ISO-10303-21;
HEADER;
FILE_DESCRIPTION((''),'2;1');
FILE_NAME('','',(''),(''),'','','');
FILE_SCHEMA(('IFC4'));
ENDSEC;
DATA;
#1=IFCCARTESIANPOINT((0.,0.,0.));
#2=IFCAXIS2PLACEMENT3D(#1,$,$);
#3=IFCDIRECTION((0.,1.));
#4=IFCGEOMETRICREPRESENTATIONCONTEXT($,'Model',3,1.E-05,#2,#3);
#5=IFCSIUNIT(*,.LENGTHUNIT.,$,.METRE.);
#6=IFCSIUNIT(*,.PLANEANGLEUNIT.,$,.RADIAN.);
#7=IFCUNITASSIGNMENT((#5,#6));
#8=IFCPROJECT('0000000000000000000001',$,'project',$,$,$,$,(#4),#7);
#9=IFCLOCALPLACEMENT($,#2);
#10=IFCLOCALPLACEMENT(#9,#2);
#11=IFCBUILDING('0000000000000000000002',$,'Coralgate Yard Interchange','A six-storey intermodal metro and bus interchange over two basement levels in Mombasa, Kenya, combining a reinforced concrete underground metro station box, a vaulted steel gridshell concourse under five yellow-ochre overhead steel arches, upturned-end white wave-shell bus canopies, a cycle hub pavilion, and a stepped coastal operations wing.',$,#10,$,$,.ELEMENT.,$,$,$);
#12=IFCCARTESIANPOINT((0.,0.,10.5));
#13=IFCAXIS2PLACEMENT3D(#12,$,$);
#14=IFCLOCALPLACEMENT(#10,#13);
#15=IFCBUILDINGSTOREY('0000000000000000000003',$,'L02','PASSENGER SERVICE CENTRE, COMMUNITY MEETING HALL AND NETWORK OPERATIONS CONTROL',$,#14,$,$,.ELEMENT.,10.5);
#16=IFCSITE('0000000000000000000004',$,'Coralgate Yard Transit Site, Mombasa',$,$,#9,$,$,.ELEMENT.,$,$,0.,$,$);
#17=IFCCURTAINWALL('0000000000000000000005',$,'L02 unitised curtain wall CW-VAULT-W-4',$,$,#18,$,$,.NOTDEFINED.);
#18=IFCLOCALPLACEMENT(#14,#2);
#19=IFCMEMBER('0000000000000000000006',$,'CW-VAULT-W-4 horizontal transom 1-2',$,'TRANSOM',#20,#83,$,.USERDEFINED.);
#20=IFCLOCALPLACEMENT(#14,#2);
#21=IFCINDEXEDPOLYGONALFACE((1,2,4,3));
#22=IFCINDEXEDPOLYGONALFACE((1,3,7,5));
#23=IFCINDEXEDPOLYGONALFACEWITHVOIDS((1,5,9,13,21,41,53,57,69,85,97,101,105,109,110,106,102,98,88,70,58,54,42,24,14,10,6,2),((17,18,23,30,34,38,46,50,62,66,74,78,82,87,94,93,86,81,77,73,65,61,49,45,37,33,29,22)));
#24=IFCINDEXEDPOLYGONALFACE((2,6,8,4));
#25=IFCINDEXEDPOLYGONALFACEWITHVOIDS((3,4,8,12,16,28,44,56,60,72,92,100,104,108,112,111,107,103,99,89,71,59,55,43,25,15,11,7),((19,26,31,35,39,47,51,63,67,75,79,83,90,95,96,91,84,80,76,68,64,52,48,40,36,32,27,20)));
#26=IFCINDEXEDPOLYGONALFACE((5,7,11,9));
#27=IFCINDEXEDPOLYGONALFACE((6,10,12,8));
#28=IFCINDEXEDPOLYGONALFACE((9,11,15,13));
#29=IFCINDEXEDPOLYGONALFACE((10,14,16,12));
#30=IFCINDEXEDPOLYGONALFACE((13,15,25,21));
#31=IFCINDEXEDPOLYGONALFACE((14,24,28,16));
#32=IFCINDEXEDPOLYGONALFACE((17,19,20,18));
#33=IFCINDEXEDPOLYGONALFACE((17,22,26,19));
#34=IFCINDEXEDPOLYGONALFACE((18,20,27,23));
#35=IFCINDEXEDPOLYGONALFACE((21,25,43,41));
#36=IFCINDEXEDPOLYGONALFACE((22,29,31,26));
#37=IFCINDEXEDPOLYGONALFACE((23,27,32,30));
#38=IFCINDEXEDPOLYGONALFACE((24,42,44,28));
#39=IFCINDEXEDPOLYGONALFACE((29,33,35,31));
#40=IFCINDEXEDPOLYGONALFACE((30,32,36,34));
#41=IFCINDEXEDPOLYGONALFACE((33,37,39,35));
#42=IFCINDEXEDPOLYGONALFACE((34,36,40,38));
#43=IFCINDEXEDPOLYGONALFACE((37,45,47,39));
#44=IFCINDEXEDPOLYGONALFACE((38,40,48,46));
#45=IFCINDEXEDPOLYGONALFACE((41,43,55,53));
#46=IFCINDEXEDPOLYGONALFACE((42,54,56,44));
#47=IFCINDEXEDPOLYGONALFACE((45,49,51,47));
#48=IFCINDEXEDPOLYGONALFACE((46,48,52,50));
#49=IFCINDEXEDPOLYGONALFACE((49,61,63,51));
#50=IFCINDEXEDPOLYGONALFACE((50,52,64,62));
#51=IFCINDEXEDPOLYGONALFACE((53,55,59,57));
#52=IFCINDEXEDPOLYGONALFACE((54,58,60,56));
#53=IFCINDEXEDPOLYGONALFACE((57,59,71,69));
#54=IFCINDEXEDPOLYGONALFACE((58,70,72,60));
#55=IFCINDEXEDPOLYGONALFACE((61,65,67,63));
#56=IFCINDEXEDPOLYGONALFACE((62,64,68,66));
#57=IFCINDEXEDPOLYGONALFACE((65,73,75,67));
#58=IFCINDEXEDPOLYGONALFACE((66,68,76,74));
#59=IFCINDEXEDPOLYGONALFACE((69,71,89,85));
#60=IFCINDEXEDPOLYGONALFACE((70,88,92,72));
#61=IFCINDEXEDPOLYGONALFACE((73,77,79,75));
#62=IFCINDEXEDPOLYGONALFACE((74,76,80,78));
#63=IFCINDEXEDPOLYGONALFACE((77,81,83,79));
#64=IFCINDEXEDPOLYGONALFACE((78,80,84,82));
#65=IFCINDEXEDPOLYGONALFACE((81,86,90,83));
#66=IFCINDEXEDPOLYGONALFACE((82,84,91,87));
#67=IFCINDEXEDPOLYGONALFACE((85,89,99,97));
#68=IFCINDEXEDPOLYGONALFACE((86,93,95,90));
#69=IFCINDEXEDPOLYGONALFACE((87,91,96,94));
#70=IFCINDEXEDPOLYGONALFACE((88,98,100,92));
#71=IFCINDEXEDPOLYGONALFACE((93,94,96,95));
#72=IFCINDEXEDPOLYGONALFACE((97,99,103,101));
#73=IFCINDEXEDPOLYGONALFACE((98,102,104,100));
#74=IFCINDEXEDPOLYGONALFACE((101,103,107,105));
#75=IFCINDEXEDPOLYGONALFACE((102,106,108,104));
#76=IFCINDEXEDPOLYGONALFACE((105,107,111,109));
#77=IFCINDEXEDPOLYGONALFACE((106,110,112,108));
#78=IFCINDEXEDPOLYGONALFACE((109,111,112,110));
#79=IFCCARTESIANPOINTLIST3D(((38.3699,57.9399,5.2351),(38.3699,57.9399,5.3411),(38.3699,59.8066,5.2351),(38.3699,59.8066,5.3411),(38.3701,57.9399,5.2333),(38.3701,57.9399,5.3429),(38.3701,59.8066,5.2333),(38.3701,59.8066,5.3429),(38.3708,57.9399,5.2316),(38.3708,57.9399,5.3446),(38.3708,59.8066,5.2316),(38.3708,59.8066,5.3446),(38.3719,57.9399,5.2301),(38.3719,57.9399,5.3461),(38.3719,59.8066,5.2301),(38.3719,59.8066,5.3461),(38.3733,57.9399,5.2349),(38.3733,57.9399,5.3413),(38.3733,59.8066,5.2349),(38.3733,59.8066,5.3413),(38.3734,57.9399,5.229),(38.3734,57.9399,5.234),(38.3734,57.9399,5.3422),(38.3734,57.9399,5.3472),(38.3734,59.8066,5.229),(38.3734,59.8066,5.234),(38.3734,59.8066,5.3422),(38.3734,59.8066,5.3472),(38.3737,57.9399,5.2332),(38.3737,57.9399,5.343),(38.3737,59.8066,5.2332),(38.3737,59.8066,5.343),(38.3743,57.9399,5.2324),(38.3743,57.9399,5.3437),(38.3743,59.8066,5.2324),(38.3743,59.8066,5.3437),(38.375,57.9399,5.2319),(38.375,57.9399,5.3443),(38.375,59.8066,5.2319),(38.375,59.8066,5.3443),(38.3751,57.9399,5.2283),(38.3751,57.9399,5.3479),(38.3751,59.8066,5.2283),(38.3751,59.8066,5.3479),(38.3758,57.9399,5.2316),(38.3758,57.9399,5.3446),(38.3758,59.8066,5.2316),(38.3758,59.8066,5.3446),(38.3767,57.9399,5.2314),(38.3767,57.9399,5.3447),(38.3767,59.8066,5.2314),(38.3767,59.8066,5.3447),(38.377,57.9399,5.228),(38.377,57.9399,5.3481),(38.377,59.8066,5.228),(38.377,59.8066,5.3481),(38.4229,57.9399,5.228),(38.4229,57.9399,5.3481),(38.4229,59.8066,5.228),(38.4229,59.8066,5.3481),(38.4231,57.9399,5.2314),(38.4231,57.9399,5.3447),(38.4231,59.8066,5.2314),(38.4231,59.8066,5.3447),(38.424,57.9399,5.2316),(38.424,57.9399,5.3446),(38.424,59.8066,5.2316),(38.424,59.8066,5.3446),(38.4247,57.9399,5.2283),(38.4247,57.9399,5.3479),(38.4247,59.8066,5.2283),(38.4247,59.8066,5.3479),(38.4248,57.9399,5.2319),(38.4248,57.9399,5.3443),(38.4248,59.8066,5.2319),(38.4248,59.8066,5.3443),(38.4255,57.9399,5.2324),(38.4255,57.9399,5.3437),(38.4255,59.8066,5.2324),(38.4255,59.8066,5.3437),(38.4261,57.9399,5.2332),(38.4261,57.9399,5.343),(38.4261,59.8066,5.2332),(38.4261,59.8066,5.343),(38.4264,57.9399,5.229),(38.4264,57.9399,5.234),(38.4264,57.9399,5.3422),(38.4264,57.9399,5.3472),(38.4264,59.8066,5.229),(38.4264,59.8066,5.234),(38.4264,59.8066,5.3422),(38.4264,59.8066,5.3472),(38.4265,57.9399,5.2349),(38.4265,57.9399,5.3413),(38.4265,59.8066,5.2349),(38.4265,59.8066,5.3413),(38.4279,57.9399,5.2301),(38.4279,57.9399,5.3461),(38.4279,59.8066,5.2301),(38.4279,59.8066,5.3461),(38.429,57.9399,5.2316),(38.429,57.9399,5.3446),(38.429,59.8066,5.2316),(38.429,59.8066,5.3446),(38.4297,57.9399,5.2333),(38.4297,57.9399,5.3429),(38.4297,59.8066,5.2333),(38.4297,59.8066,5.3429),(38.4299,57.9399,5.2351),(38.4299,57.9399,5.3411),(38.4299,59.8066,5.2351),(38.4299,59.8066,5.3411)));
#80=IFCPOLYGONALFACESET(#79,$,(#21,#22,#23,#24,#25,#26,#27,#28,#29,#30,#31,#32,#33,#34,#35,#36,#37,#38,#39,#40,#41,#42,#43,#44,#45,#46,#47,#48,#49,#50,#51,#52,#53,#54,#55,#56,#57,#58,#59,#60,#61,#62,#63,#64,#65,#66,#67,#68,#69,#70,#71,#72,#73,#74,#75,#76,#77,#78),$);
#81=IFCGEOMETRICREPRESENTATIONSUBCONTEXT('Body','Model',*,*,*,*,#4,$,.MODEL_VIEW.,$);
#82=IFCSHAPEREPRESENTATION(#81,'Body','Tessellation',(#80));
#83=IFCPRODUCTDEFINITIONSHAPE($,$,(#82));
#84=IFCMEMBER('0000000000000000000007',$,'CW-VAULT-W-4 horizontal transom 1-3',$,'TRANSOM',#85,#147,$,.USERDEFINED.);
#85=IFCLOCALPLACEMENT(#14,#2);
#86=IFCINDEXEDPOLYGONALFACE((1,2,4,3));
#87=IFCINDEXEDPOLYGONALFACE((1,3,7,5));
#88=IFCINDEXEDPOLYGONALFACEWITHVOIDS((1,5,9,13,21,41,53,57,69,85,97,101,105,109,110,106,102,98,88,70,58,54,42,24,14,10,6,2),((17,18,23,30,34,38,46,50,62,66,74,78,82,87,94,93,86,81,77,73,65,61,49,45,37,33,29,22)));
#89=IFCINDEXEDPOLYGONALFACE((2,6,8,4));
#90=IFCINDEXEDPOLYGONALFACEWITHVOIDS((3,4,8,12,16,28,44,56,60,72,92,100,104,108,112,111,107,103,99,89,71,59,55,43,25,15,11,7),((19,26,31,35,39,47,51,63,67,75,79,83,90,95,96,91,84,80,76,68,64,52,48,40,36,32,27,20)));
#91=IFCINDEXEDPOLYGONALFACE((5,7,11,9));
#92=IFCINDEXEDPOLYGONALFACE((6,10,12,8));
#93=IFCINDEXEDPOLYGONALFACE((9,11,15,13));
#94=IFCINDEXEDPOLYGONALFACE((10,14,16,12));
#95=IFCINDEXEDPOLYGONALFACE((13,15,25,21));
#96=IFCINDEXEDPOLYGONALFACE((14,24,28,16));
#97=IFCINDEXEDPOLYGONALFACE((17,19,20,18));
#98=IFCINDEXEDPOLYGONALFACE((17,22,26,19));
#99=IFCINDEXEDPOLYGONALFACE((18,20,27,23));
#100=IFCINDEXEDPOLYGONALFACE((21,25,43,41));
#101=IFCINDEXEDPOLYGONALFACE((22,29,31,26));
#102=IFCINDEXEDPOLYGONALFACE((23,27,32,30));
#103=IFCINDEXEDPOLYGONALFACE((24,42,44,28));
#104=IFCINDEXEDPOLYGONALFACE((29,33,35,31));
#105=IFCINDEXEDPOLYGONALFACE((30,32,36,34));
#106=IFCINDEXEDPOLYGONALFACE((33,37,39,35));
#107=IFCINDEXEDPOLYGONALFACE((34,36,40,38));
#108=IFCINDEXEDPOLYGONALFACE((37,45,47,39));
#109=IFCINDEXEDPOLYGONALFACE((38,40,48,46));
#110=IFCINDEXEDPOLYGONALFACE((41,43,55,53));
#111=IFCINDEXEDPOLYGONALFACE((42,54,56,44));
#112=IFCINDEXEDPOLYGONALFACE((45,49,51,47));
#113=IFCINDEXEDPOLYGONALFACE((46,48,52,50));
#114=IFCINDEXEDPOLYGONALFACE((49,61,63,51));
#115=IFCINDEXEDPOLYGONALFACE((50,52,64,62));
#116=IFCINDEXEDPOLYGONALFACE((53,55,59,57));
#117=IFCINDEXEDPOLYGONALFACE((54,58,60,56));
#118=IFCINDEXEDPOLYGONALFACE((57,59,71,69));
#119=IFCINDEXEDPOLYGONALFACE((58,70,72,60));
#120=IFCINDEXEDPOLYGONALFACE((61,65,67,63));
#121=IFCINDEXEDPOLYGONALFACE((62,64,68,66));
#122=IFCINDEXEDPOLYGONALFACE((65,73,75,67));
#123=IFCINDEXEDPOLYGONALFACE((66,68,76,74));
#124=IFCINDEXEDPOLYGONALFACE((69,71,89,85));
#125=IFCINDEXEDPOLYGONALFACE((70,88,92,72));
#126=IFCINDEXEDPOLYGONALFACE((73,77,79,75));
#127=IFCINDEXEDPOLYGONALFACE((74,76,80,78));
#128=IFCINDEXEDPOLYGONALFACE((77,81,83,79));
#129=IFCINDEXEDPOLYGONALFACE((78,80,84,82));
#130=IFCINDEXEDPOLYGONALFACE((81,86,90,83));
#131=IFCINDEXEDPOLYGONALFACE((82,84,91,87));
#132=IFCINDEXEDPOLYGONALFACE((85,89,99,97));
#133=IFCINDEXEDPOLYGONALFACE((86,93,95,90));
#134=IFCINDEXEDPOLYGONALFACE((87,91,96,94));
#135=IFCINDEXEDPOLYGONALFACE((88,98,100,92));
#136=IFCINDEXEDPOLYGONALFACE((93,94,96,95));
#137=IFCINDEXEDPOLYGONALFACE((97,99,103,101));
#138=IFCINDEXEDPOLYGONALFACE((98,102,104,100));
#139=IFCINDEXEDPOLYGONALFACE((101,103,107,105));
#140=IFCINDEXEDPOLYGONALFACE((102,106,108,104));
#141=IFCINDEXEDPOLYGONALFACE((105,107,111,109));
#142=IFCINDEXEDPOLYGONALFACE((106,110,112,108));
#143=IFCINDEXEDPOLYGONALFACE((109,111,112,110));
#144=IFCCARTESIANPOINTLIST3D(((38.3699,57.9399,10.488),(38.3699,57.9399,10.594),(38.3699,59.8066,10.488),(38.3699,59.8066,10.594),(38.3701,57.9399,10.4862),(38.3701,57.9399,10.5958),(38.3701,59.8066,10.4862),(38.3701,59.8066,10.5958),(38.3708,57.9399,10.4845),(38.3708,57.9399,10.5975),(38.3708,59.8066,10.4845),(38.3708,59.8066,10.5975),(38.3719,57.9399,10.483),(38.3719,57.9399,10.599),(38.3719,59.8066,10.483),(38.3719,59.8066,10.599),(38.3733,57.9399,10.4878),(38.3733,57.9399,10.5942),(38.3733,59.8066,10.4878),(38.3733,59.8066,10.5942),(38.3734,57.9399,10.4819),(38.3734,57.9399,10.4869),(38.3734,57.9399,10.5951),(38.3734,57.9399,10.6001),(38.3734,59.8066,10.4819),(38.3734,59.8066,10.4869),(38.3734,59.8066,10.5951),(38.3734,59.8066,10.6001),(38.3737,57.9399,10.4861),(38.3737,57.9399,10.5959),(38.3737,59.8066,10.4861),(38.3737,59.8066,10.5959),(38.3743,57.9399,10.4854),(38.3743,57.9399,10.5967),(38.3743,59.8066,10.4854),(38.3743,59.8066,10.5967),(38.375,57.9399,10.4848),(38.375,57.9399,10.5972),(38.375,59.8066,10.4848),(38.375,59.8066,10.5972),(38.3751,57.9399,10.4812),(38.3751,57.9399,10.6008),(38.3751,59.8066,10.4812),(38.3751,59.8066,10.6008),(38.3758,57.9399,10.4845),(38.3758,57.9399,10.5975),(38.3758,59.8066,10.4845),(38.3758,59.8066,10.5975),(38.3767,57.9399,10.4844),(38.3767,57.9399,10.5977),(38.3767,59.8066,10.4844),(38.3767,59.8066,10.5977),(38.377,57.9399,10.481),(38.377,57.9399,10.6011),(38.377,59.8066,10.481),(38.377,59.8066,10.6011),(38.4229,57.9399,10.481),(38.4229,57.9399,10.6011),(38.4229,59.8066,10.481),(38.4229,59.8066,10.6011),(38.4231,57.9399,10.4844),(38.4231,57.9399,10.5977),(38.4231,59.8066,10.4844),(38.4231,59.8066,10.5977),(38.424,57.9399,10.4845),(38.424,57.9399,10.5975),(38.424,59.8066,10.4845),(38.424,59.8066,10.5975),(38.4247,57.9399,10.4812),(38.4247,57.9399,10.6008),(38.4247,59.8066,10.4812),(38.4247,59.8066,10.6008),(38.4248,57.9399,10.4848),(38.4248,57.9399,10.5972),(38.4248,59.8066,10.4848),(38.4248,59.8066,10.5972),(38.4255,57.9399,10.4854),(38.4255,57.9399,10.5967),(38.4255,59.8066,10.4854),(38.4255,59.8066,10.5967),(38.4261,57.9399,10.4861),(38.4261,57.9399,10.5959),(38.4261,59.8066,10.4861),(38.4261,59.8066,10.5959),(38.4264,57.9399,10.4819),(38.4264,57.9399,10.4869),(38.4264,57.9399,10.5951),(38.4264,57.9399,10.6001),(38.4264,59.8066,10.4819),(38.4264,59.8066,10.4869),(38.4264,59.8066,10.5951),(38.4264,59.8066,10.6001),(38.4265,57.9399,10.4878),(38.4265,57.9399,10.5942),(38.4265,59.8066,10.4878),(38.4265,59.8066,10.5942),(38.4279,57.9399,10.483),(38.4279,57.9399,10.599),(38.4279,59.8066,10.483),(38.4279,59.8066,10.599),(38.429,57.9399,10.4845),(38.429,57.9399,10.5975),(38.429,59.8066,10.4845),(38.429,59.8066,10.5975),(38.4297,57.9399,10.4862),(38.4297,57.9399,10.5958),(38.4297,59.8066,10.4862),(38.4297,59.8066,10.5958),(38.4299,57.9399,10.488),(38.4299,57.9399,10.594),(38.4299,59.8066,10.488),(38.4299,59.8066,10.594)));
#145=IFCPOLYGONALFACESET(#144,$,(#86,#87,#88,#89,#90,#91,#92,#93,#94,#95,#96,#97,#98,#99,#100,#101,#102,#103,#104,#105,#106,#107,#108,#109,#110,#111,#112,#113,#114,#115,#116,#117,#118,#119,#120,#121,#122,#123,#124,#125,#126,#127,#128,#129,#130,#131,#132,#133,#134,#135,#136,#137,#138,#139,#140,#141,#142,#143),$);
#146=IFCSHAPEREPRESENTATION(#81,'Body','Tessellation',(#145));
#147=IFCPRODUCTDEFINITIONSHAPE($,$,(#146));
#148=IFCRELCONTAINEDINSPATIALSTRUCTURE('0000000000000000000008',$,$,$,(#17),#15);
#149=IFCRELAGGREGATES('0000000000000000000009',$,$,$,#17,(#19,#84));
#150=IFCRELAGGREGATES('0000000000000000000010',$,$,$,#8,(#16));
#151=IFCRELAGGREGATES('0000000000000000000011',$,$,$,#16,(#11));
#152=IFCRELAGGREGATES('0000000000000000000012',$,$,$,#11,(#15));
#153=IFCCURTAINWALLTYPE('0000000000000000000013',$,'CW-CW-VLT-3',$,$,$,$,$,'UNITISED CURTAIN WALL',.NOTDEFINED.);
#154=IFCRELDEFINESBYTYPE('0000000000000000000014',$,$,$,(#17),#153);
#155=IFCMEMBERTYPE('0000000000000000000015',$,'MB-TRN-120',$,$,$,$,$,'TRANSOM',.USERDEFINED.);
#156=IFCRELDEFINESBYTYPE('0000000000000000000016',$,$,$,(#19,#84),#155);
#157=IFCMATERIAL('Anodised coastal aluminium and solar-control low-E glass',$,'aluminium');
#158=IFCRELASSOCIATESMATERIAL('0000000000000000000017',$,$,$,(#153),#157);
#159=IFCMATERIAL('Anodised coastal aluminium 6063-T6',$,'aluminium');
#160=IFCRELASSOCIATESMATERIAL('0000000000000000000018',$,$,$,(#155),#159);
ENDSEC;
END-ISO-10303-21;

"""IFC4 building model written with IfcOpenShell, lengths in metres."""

from ifc_helpers import new_model, si_unit, direction, frame, origin, origin_2d, place, context, subcontext, project, spatial, hollow_rectangle, extrude, material, material_profile, profile_set, type_object, element, aggregate, save


model = new_model("IFC4")

# Units and contexts
model_context = context("Model", 3, precision=1e-05, world=origin(), true_north=direction((0.0, 1.0)))
body_context = subcontext(model_context, "Body", "Model", "MODEL_VIEW")
ifc_project = project(units=[si_unit("LENGTHUNIT", "METRE"), si_unit("PLANEANGLEUNIT", "RADIAN")], contexts=[model_context])

# Site, building, storey
site_placement = place(None, origin())
site = spatial("IfcSite", under=ifc_project, at=site_placement, Name="Coralgate Yard Transit Site, Mombasa", CompositionType="ELEMENT", RefElevation=0.0)
building_placement = place(site_placement, origin())
building = spatial("IfcBuilding", under=site, at=building_placement, Name="Coralgate Yard Interchange", Description="A six-storey intermodal metro and bus interchange over two basement levels in Mombasa, Kenya, combining a reinforced concrete underground metro station box, a vaulted steel gridshell concourse under five yellow-ochre overhead steel arches, upturned-end white wave-shell bus canopies, a cycle hub pavilion, and a stepped coastal operations wing.", CompositionType="ELEMENT")
storey_placement = place(building_placement, frame((0.0, 0.0, 10.5)))
storey = spatial("IfcBuildingStorey", under=building, at=storey_placement, Name="L02", Description="PASSENGER SERVICE CENTRE, COMMUNITY MEETING HALL AND NETWORK OPERATIONS CONTROL", CompositionType="ELEMENT", Elevation=10.5)

# Curtain wall
ifc_material_1 = material(Name="Anodised coastal aluminium and solar-control low-E glass", Category="aluminium")
curtain_wall_type = type_object("IfcCurtainWallType", Name="CW-CW-VLT-3", ElementType="UNITISED CURTAIN WALL", PredefinedType="NOTDEFINED", material=ifc_material_1)
ifc_material_2 = material(Name="Anodised coastal aluminium 6063-T6", Category="aluminium")
curtain_wall_1_placement = place(storey_placement, origin())
curtain_wall_1 = element("IfcCurtainWall", 1, at=curtain_wall_1_placement, inside=storey, type_object=curtain_wall_type, Name="L02 unitised curtain wall CW-VAULT-W-4", PredefinedType="NOTDEFINED")

# Members
ifc_material_profile_1 = material_profile(ifc_material_2, hollow_rectangle(XDim=0.0601, YDim=0.1201, WallThickness=0.0034, InnerFilletRadius=0.0034, OuterFilletRadius=0.0071, at=origin_2d()), Name="ALU 60x120x3.5")
ifc_profile_set_1 = profile_set([ifc_material_profile_1], Name="Anodised coastal aluminium 6063-T6")
member_type_1 = type_object("IfcMemberType", Name="MB-TRN-120", ElementType="TRANSOM", PredefinedType="USERDEFINED", material=ifc_profile_set_1)
member_1_placement = place(storey_placement, frame((38.3999, 57.9399, 5.2881), z_axis=(0.0, 1.0, 0.0), x_axis=(-1.0, 0.0, 0.0)))
member_1 = element("IfcMember", 2, at=member_1_placement, type_object=member_type_1, Name="CW-VAULT-W-4 horizontal transom 1-2", ObjectType="TRANSOM", PredefinedType="USERDEFINED", context=body_context, shape_type="SweptSolid", body=[
    extrude(hollow_rectangle(XDim=0.0601, YDim=0.1201, WallThickness=0.0034, InnerFilletRadius=0.0034, OuterFilletRadius=0.0071, at=origin_2d()), origin(), (0.0, 0.0, 1.0), 1.8667),
])
member_2_placement = place(storey_placement, frame((38.3999, 57.9399, 10.541), z_axis=(0.0, 1.0, 0.0), x_axis=(-1.0, 0.0, 0.0)))
member_2 = element("IfcMember", 3, at=member_2_placement, type_object=member_type_1, Name="CW-VAULT-W-4 horizontal transom 1-3", ObjectType="TRANSOM", PredefinedType="USERDEFINED", context=body_context, shape_type="SweptSolid", body=[
    extrude(hollow_rectangle(XDim=0.0601, YDim=0.1201, WallThickness=0.0034, InnerFilletRadius=0.0034, OuterFilletRadius=0.0071, at=origin_2d()), origin(), (0.0, 0.0, 1.0), 1.8667),
])

aggregate(curtain_wall_1, [member_1, member_2])

save(model, "model.ifc")
